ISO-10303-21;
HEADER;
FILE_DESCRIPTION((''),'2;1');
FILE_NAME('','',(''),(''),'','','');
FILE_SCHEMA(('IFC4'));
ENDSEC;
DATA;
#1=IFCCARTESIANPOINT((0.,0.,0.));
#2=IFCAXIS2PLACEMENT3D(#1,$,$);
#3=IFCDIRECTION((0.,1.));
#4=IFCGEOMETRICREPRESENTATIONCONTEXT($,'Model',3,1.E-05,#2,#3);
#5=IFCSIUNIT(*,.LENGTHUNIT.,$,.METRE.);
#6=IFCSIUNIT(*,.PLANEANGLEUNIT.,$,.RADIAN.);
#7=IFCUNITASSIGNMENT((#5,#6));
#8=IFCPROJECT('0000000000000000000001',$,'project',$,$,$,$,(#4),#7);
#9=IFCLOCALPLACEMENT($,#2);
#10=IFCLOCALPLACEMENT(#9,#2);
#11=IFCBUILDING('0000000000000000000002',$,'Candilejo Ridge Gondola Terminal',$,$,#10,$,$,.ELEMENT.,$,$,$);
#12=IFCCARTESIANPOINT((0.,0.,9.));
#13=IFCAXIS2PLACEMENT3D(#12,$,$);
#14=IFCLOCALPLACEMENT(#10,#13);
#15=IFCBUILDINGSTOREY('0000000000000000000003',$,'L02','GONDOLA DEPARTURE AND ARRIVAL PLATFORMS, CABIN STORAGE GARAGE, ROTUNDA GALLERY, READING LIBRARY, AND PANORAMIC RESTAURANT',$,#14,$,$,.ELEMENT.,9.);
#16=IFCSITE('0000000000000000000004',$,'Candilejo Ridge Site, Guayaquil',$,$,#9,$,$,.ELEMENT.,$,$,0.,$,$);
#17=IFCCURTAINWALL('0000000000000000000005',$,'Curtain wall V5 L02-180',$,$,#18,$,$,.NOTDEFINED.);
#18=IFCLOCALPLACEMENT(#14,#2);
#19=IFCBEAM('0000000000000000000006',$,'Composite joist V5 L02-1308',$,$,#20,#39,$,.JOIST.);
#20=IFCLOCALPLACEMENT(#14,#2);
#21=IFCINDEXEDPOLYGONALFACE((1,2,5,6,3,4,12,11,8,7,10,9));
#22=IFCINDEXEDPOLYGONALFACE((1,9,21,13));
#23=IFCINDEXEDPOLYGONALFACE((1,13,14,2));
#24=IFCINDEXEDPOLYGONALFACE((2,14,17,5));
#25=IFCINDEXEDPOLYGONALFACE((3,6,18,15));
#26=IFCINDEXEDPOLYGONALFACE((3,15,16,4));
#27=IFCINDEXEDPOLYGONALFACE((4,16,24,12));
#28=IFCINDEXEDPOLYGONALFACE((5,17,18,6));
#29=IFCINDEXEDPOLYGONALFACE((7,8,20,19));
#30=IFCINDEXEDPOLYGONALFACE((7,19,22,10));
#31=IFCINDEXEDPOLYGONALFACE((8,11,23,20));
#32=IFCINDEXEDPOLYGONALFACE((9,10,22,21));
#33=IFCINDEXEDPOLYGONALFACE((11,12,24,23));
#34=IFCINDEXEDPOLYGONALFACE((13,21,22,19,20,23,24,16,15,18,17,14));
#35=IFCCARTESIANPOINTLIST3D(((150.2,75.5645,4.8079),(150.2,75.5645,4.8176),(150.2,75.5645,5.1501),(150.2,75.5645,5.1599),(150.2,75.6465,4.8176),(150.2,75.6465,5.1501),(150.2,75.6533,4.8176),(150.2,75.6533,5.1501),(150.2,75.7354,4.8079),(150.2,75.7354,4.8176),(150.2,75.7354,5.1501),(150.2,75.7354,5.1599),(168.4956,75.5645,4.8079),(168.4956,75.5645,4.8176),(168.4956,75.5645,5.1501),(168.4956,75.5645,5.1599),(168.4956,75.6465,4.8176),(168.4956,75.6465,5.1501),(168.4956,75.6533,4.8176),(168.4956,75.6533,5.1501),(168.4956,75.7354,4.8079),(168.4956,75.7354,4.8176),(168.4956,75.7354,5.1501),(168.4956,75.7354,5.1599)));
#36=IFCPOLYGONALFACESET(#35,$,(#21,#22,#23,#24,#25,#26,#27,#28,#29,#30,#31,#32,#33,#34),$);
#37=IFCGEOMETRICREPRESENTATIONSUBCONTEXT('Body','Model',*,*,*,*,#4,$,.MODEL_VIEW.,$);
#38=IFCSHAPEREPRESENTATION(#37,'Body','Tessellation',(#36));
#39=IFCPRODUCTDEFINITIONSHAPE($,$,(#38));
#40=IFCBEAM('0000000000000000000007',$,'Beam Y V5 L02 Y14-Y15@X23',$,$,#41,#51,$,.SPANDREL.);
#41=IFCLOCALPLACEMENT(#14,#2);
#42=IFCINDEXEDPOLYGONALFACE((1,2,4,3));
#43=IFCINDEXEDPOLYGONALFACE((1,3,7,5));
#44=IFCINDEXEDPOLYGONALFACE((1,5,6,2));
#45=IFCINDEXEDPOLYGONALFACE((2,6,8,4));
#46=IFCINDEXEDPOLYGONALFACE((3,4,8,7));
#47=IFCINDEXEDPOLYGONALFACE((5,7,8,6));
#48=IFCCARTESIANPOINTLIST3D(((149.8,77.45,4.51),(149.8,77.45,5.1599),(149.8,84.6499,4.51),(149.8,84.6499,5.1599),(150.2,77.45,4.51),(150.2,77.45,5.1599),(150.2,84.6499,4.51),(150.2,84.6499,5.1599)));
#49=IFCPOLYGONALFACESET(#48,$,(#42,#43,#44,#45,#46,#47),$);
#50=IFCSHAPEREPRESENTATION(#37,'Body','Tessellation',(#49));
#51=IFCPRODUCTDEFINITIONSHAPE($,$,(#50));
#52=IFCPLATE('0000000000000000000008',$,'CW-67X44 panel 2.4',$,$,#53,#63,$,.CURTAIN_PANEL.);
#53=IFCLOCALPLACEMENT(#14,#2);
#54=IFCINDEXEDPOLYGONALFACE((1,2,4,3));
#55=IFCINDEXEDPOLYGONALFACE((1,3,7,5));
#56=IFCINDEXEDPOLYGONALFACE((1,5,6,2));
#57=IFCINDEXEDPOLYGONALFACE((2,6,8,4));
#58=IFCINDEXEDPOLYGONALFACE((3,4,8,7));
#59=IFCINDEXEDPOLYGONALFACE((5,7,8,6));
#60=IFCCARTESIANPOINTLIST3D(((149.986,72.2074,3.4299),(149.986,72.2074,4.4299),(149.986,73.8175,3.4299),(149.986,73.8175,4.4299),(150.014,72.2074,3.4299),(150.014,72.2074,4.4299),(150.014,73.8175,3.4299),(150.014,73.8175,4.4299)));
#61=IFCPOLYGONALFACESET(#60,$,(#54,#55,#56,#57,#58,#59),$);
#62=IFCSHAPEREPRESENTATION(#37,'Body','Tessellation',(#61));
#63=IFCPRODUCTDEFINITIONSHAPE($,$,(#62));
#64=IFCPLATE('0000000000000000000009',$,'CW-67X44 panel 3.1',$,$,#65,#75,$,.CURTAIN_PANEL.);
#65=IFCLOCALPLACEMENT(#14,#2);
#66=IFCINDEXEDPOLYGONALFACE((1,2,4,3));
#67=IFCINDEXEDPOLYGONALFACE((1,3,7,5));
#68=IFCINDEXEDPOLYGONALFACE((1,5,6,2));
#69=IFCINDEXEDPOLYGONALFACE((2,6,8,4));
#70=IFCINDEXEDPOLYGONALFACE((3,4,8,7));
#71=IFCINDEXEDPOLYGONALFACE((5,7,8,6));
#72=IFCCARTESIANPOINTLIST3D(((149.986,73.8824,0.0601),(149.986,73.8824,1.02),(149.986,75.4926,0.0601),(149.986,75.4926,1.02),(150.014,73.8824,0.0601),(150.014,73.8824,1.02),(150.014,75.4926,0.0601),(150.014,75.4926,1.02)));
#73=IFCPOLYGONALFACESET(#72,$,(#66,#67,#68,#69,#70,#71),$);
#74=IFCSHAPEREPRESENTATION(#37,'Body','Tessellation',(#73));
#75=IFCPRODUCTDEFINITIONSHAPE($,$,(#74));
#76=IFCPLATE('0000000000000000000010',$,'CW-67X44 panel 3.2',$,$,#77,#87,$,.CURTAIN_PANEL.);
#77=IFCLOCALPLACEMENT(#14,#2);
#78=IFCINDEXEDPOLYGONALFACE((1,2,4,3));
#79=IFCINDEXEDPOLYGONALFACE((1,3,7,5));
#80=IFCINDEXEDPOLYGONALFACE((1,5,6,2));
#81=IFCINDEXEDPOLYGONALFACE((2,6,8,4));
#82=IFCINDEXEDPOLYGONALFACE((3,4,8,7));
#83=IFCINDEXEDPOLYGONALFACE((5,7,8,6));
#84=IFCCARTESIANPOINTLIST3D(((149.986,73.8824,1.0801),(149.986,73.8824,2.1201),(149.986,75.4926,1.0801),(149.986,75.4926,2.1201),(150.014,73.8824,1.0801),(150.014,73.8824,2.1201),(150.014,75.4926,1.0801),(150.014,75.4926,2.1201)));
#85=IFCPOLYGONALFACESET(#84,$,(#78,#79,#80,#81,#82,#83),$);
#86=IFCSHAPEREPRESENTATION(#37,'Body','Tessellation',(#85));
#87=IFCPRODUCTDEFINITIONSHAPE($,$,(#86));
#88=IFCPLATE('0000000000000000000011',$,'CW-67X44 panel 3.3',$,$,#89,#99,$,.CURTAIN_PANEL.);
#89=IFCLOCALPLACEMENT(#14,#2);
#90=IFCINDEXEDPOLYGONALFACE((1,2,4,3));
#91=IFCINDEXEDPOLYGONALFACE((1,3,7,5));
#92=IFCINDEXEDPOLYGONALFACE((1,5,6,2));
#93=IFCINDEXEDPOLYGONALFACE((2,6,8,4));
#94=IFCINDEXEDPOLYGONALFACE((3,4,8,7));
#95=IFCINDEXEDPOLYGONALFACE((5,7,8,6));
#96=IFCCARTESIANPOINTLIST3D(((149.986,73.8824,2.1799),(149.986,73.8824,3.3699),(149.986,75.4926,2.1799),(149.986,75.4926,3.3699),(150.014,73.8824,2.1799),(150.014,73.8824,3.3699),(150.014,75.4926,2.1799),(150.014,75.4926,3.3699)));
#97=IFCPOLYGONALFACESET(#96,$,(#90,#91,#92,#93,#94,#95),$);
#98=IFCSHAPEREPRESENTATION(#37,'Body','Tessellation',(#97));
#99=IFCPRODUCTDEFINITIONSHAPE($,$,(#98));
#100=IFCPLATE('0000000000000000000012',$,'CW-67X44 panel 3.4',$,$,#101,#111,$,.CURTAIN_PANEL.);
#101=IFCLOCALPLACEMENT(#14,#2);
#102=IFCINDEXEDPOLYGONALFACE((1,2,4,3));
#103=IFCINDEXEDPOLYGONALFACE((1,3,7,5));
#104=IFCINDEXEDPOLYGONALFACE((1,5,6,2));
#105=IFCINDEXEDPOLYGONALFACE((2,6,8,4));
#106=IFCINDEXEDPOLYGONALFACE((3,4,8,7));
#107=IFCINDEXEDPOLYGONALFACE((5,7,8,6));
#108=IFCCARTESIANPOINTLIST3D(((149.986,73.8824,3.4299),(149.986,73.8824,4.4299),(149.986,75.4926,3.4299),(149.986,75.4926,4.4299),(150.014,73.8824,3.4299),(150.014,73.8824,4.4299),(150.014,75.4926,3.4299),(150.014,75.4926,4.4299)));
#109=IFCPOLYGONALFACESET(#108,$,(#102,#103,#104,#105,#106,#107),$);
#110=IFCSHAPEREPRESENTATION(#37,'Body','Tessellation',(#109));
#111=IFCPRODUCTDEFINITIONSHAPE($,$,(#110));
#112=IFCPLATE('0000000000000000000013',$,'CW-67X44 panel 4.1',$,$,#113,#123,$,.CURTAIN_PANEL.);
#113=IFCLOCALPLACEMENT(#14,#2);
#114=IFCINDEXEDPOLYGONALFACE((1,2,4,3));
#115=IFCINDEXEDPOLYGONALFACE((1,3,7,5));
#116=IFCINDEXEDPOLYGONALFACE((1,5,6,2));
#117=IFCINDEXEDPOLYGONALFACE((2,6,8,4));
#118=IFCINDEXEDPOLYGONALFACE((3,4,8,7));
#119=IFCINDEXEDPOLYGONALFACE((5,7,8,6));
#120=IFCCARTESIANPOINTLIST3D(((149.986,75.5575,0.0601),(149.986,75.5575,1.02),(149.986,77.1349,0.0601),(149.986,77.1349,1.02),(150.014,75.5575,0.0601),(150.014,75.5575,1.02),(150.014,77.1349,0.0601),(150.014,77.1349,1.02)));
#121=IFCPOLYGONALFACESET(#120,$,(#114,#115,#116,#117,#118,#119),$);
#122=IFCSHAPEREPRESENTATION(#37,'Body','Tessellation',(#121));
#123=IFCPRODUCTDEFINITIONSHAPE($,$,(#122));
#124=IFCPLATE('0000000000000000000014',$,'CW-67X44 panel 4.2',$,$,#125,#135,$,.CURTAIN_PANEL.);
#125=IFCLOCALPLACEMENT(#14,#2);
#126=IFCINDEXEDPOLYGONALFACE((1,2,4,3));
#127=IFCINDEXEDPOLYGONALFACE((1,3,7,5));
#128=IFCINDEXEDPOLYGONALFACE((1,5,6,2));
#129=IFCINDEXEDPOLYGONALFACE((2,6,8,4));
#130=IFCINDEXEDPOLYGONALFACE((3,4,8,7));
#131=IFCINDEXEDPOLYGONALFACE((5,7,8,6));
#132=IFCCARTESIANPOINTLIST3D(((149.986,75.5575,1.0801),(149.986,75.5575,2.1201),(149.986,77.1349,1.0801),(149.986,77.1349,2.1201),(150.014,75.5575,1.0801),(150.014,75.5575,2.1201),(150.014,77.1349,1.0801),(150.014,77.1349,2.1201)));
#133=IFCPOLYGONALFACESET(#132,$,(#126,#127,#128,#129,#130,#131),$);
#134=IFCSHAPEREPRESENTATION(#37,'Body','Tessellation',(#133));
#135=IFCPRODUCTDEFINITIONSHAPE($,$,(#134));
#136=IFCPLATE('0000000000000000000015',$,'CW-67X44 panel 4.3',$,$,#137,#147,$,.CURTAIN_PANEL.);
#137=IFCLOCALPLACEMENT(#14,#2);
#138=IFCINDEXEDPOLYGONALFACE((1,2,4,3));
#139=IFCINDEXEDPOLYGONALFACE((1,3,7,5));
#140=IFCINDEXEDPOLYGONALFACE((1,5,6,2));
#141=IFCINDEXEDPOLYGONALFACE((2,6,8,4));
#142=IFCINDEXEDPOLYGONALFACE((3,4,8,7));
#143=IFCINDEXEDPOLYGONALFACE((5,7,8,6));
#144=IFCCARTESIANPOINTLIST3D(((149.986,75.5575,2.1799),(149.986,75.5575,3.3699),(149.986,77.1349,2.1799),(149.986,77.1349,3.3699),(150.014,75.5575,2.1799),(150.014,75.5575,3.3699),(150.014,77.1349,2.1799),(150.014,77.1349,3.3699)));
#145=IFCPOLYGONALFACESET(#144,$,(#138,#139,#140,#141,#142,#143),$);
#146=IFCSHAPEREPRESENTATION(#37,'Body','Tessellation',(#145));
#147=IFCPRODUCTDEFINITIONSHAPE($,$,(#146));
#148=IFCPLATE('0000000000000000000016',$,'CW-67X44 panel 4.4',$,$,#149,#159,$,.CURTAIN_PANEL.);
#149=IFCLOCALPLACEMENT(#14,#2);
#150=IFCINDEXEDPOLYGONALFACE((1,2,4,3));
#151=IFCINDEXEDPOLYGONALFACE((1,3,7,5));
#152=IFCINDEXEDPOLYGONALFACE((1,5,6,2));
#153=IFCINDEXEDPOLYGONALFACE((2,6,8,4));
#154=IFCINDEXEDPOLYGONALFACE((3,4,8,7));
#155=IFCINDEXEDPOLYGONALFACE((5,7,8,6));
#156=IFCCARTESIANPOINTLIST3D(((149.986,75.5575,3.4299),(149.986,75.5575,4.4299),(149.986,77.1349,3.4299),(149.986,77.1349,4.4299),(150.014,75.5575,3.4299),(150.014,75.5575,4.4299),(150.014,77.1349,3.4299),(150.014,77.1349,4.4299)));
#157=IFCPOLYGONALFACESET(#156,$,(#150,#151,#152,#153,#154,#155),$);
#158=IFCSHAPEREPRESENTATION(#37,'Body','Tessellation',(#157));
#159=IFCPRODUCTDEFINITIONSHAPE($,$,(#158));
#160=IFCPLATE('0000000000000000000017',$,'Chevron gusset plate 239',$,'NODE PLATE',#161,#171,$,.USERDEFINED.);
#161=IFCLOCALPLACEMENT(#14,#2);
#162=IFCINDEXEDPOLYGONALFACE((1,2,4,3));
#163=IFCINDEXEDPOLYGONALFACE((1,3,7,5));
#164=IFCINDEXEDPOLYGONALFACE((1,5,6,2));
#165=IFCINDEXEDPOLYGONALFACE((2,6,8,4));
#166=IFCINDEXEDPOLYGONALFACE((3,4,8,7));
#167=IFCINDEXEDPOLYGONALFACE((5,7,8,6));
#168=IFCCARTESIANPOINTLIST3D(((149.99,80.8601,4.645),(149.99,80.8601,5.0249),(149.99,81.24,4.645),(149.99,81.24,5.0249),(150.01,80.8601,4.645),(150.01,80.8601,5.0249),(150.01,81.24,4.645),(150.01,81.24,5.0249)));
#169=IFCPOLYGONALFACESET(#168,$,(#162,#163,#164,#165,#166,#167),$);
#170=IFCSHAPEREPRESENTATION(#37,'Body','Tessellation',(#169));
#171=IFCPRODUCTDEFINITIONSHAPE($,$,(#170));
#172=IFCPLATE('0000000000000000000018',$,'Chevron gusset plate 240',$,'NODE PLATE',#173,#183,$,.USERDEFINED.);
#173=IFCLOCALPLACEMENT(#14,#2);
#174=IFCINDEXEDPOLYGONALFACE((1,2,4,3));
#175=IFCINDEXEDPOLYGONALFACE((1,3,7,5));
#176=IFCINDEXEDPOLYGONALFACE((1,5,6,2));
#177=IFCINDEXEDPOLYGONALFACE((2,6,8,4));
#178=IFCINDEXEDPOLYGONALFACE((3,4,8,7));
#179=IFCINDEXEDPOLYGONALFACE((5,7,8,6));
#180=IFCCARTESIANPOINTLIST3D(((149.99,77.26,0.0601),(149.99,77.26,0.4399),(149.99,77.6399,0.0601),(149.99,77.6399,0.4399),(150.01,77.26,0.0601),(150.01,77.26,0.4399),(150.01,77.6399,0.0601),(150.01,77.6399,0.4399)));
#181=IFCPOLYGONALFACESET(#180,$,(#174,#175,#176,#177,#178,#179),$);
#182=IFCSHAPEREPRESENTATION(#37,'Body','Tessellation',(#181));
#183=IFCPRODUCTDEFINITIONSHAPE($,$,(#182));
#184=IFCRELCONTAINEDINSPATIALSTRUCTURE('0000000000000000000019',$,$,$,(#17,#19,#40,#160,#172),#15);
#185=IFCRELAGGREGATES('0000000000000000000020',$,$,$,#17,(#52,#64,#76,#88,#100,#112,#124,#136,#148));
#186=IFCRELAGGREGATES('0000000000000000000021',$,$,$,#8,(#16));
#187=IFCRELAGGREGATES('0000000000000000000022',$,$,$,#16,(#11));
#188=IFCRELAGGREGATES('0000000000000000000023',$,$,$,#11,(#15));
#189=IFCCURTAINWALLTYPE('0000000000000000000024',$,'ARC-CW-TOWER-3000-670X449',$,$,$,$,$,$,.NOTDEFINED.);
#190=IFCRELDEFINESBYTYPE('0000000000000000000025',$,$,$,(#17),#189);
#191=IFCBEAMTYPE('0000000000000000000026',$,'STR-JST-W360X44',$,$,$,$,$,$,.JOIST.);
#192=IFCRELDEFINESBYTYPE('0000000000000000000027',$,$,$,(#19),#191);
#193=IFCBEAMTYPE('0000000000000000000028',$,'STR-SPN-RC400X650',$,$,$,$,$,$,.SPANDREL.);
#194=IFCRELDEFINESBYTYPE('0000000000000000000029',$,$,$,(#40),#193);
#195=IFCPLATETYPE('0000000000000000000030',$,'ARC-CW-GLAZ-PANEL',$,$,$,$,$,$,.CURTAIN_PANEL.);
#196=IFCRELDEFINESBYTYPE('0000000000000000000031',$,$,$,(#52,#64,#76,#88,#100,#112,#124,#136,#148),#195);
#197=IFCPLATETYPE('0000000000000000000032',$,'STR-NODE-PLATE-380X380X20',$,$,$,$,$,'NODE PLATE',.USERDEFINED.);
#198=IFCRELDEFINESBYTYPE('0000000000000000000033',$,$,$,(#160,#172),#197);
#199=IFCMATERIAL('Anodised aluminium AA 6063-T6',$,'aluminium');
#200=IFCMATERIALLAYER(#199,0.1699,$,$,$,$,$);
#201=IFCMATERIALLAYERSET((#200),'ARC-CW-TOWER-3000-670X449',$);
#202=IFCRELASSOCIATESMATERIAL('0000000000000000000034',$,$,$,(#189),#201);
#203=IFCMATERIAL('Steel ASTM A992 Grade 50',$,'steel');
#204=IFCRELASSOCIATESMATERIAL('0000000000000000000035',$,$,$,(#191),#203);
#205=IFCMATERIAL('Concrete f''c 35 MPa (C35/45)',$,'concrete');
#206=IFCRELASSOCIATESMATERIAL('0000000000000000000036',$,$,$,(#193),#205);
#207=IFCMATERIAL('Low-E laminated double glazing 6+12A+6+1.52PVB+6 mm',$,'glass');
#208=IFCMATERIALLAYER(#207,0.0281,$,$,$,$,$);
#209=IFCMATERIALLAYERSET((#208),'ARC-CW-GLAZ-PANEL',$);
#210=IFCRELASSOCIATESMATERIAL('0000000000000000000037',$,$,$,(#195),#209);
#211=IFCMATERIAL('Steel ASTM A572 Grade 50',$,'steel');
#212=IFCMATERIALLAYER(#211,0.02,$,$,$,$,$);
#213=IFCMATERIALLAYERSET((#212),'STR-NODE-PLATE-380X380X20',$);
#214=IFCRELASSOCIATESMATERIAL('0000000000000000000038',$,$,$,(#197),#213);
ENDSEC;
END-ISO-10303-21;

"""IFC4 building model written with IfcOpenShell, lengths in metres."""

from ifc_helpers import new_model, si_unit, direction, frame, origin, origin_2d, place, context, subcontext, project, spatial, rectangle, i_section, extrude, material, layer, layer_set, material_profile, profile_set, type_object, element, aggregate, save


model = new_model("IFC4")

# Units and contexts
model_context = context("Model", 3, precision=1e-05, world=origin(), true_north=direction((0.0, 1.0)))
body_context = subcontext(model_context, "Body", "Model", "MODEL_VIEW")
ifc_project = project(units=[si_unit("LENGTHUNIT", "METRE"), si_unit("PLANEANGLEUNIT", "RADIAN")], contexts=[model_context])

# Site, building, storey
site_placement = place(None, origin())
site = spatial("IfcSite", under=ifc_project, at=site_placement, Name="Candilejo Ridge Site, Guayaquil", CompositionType="ELEMENT", RefElevation=0.0)
building_placement = place(site_placement, origin())
building = spatial("IfcBuilding", under=site, at=building_placement, Name="Candilejo Ridge Gondola Terminal", CompositionType="ELEMENT")
storey_placement = place(building_placement, frame((0.0, 0.0, 9.0)))
storey = spatial("IfcBuildingStorey", under=building, at=storey_placement, Name="L02", Description="GONDOLA DEPARTURE AND ARRIVAL PLATFORMS, CABIN STORAGE GARAGE, ROTUNDA GALLERY, READING LIBRARY, AND PANORAMIC RESTAURANT", CompositionType="ELEMENT", Elevation=9.0)

# Curtain wall
ifc_material_1 = material(Name="Anodised aluminium AA 6063-T6", Category="aluminium")
ifc_layer_1 = layer(ifc_material_1, 0.1699)
ifc_layer_set_1 = layer_set([ifc_layer_1], Name="ARC-CW-TOWER-3000-670X449")
curtain_wall_type = type_object("IfcCurtainWallType", Name="ARC-CW-TOWER-3000-670X449", PredefinedType="NOTDEFINED", material=ifc_layer_set_1)
curtain_wall_placement = place(storey_placement, origin())
curtain_wall = element("IfcCurtainWall", 1, at=curtain_wall_placement, inside=storey, type_object=curtain_wall_type, Name="Curtain wall V5 L02-180", PredefinedType="NOTDEFINED")

# Beams
ifc_material_2 = material(Name="Steel ASTM A992 Grade 50", Category="steel")
ifc_material_profile_1 = material_profile(ifc_material_2, i_section(OverallWidth=0.1709, OverallDepth=0.3521, WebThickness=0.0068, FlangeThickness=0.0098, at=origin_2d()))
ifc_profile_set_1 = profile_set([ifc_material_profile_1], Name="Steel ASTM A992 Grade 50")
beam_type_1 = type_object("IfcBeamType", Name="STR-JST-W360X44", PredefinedType="JOIST", material=ifc_profile_set_1)
for number, where, z_axis, x_axis, name in (
    (2, (150.2, 75.6499, 4.9839), (1.0, 0.0, 0.0), (0.0, 1.0, 0.0), "Composite joist V5 L02-1308"),
):
    element("IfcBeam", number, at=place(storey_placement, frame(where, z_axis=z_axis, x_axis=x_axis)), inside=storey, type_object=beam_type_1, Name=name, PredefinedType="JOIST", context=body_context, shape_type="SweptSolid", body=[
        extrude(i_section(OverallWidth=0.1709, OverallDepth=0.3521, WebThickness=0.0068, FlangeThickness=0.0098, at=origin_2d()), origin(), (0.0, 0.0, 1.0), 18.2957),
    ])
ifc_material_3 = material(Name="Concrete f'c 35 MPa (C35/45)", Category="concrete")
ifc_material_profile_2 = material_profile(ifc_material_3, rectangle(XDim=0.3999, YDim=0.6499, at=origin_2d()))
ifc_profile_set_2 = profile_set([ifc_material_profile_2], Name="Concrete f'c 35 MPa (C35/45)")
beam_type_2 = type_object("IfcBeamType", Name="STR-SPN-RC400X650", PredefinedType="SPANDREL", material=ifc_profile_set_2)
beam_1_placement = place(storey_placement, frame((150.0, 77.45, 4.835), z_axis=(0.0, 1.0, 0.0), x_axis=(-1.0, 0.0, 0.0)))
element("IfcBeam", 3, at=beam_1_placement, inside=storey, type_object=beam_type_2, Name="Beam Y V5 L02 Y14-Y15@X23", PredefinedType="SPANDREL", context=body_context, shape_type="SweptSolid", body=[
    extrude(rectangle(XDim=0.3999, YDim=0.6499, at=origin_2d()), origin(), (0.0, 0.0, 1.0), 7.2),
])

# Plates
ifc_material_4 = material(Name="Low-E laminated double glazing 6+12A+6+1.52PVB+6 mm", Category="glass")
ifc_layer_2 = layer(ifc_material_4, 0.0281)
ifc_layer_set_2 = layer_set([ifc_layer_2], Name="ARC-CW-GLAZ-PANEL")
plate_type_1 = type_object("IfcPlateType", Name="ARC-CW-GLAZ-PANEL", PredefinedType="CURTAIN_PANEL", material=ifc_layer_set_2)
plate_1_placement = place(storey_placement, frame((150.0, 73.0125, 3.4299), z_axis=(0.0, 0.0, 1.0), x_axis=(0.0, 1.0, 0.0)))
plate_1 = element("IfcPlate", 4, at=plate_1_placement, type_object=plate_type_1, Name="CW-67X44 panel 2.4", PredefinedType="CURTAIN_PANEL", context=body_context, shape_type="SweptSolid", body=[
    extrude(rectangle(XDim=1.6101, YDim=0.0281, at=origin_2d()), origin(), (0.0, 0.0, 1.0), 1.0),
])
plate_2_placement = place(storey_placement, frame((150.0, 74.6875, 0.0601), z_axis=(0.0, 0.0, 1.0), x_axis=(0.0, 1.0, 0.0)))
plate_2 = element("IfcPlate", 5, at=plate_2_placement, type_object=plate_type_1, Name="CW-67X44 panel 3.1", PredefinedType="CURTAIN_PANEL", context=body_context, shape_type="SweptSolid", body=[
    extrude(rectangle(XDim=1.6101, YDim=0.0281, at=origin_2d()), origin(), (0.0, 0.0, 1.0), 0.96),
])
plate_3_placement = place(storey_placement, frame((150.0, 74.6875, 1.0801), z_axis=(0.0, 0.0, 1.0), x_axis=(0.0, 1.0, 0.0)))
plate_3 = element("IfcPlate", 6, at=plate_3_placement, type_object=plate_type_1, Name="CW-67X44 panel 3.2", PredefinedType="CURTAIN_PANEL", context=body_context, shape_type="SweptSolid", body=[
    extrude(rectangle(XDim=1.6101, YDim=0.0281, at=origin_2d()), origin(), (0.0, 0.0, 1.0), 1.04),
])
plate_4_placement = place(storey_placement, frame((150.0, 74.6875, 2.1799), z_axis=(0.0, 0.0, 1.0), x_axis=(0.0, 1.0, 0.0)))
plate_4 = element("IfcPlate", 7, at=plate_4_placement, type_object=plate_type_1, Name="CW-67X44 panel 3.3", PredefinedType="CURTAIN_PANEL", context=body_context, shape_type="SweptSolid", body=[
    extrude(rectangle(XDim=1.6101, YDim=0.0281, at=origin_2d()), origin(), (0.0, 0.0, 1.0), 1.1899),
])
plate_5_placement = place(storey_placement, frame((150.0, 74.6875, 3.4299), z_axis=(0.0, 0.0, 1.0), x_axis=(0.0, 1.0, 0.0)))
plate_5 = element("IfcPlate", 8, at=plate_5_placement, type_object=plate_type_1, Name="CW-67X44 panel 3.4", PredefinedType="CURTAIN_PANEL", context=body_context, shape_type="SweptSolid", body=[
    extrude(rectangle(XDim=1.6101, YDim=0.0281, at=origin_2d()), origin(), (0.0, 0.0, 1.0), 1.0),
])
plate_6_placement = place(storey_placement, frame((150.0, 76.3462, 0.0601), z_axis=(0.0, 0.0, 1.0), x_axis=(0.0, 1.0, 0.0)))
plate_6 = element("IfcPlate", 9, at=plate_6_placement, type_object=plate_type_1, Name="CW-67X44 panel 4.1", PredefinedType="CURTAIN_PANEL", context=body_context, shape_type="SweptSolid", body=[
    extrude(rectangle(XDim=1.5774, YDim=0.0281, at=origin_2d()), origin(), (0.0, 0.0, 1.0), 0.96),
])
plate_7_placement = place(storey_placement, frame((150.0, 76.3462, 1.0801), z_axis=(0.0, 0.0, 1.0), x_axis=(0.0, 1.0, 0.0)))
plate_7 = element("IfcPlate", 10, at=plate_7_placement, type_object=plate_type_1, Name="CW-67X44 panel 4.2", PredefinedType="CURTAIN_PANEL", context=body_context, shape_type="SweptSolid", body=[
    extrude(rectangle(XDim=1.5774, YDim=0.0281, at=origin_2d()), origin(), (0.0, 0.0, 1.0), 1.04),
])
plate_8_placement = place(storey_placement, frame((150.0, 76.3462, 2.1799), z_axis=(0.0, 0.0, 1.0), x_axis=(0.0, 1.0, 0.0)))
plate_8 = element("IfcPlate", 11, at=plate_8_placement, type_object=plate_type_1, Name="CW-67X44 panel 4.3", PredefinedType="CURTAIN_PANEL", context=body_context, shape_type="SweptSolid", body=[
    extrude(rectangle(XDim=1.5774, YDim=0.0281, at=origin_2d()), origin(), (0.0, 0.0, 1.0), 1.1899),
])
plate_9_placement = place(storey_placement, frame((150.0, 76.3462, 3.4299), z_axis=(0.0, 0.0, 1.0), x_axis=(0.0, 1.0, 0.0)))
plate_9 = element("IfcPlate", 12, at=plate_9_placement, type_object=plate_type_1, Name="CW-67X44 panel 4.4", PredefinedType="CURTAIN_PANEL", context=body_context, shape_type="SweptSolid", body=[
    extrude(rectangle(XDim=1.5774, YDim=0.0281, at=origin_2d()), origin(), (0.0, 0.0, 1.0), 1.0),
])
aggregate(curtain_wall, [plate_1, plate_2, plate_3, plate_4, plate_5, plate_6, plate_7, plate_8, plate_9])

# Plates
ifc_material_5 = material(Name="Steel ASTM A572 Grade 50", Category="steel")
ifc_layer_3 = layer(ifc_material_5, 0.02)
ifc_layer_set_3 = layer_set([ifc_layer_3], Name="STR-NODE-PLATE-380X380X20")
plate_type_2 = type_object("IfcPlateType", Name="STR-NODE-PLATE-380X380X20", ElementType="NODE PLATE", PredefinedType="USERDEFINED", material=ifc_layer_set_3)
for number, where, z_axis, x_axis, name in (
    (13, (150.0, 81.05, 4.645), (0.0, 0.0, 1.0), (1.0, 0.0, 0.0), "Chevron gusset plate 239"),
    (14, (150.0, 77.45, 0.0601), (0.0, 0.0, 1.0), (1.0, 0.0, 0.0), "Chevron gusset plate 240"),
):
    element("IfcPlate", number, at=place(storey_placement, frame(where, z_axis=z_axis, x_axis=x_axis)), inside=storey, type_object=plate_type_2, Name=name, ObjectType="NODE PLATE", PredefinedType="USERDEFINED", context=body_context, shape_type="SweptSolid", body=[
        extrude(rectangle(XDim=0.02, YDim=0.3799, at=origin_2d()), origin(), (0.0, 0.0, 1.0), 0.3799),
    ])

save(model, "model.ifc")
